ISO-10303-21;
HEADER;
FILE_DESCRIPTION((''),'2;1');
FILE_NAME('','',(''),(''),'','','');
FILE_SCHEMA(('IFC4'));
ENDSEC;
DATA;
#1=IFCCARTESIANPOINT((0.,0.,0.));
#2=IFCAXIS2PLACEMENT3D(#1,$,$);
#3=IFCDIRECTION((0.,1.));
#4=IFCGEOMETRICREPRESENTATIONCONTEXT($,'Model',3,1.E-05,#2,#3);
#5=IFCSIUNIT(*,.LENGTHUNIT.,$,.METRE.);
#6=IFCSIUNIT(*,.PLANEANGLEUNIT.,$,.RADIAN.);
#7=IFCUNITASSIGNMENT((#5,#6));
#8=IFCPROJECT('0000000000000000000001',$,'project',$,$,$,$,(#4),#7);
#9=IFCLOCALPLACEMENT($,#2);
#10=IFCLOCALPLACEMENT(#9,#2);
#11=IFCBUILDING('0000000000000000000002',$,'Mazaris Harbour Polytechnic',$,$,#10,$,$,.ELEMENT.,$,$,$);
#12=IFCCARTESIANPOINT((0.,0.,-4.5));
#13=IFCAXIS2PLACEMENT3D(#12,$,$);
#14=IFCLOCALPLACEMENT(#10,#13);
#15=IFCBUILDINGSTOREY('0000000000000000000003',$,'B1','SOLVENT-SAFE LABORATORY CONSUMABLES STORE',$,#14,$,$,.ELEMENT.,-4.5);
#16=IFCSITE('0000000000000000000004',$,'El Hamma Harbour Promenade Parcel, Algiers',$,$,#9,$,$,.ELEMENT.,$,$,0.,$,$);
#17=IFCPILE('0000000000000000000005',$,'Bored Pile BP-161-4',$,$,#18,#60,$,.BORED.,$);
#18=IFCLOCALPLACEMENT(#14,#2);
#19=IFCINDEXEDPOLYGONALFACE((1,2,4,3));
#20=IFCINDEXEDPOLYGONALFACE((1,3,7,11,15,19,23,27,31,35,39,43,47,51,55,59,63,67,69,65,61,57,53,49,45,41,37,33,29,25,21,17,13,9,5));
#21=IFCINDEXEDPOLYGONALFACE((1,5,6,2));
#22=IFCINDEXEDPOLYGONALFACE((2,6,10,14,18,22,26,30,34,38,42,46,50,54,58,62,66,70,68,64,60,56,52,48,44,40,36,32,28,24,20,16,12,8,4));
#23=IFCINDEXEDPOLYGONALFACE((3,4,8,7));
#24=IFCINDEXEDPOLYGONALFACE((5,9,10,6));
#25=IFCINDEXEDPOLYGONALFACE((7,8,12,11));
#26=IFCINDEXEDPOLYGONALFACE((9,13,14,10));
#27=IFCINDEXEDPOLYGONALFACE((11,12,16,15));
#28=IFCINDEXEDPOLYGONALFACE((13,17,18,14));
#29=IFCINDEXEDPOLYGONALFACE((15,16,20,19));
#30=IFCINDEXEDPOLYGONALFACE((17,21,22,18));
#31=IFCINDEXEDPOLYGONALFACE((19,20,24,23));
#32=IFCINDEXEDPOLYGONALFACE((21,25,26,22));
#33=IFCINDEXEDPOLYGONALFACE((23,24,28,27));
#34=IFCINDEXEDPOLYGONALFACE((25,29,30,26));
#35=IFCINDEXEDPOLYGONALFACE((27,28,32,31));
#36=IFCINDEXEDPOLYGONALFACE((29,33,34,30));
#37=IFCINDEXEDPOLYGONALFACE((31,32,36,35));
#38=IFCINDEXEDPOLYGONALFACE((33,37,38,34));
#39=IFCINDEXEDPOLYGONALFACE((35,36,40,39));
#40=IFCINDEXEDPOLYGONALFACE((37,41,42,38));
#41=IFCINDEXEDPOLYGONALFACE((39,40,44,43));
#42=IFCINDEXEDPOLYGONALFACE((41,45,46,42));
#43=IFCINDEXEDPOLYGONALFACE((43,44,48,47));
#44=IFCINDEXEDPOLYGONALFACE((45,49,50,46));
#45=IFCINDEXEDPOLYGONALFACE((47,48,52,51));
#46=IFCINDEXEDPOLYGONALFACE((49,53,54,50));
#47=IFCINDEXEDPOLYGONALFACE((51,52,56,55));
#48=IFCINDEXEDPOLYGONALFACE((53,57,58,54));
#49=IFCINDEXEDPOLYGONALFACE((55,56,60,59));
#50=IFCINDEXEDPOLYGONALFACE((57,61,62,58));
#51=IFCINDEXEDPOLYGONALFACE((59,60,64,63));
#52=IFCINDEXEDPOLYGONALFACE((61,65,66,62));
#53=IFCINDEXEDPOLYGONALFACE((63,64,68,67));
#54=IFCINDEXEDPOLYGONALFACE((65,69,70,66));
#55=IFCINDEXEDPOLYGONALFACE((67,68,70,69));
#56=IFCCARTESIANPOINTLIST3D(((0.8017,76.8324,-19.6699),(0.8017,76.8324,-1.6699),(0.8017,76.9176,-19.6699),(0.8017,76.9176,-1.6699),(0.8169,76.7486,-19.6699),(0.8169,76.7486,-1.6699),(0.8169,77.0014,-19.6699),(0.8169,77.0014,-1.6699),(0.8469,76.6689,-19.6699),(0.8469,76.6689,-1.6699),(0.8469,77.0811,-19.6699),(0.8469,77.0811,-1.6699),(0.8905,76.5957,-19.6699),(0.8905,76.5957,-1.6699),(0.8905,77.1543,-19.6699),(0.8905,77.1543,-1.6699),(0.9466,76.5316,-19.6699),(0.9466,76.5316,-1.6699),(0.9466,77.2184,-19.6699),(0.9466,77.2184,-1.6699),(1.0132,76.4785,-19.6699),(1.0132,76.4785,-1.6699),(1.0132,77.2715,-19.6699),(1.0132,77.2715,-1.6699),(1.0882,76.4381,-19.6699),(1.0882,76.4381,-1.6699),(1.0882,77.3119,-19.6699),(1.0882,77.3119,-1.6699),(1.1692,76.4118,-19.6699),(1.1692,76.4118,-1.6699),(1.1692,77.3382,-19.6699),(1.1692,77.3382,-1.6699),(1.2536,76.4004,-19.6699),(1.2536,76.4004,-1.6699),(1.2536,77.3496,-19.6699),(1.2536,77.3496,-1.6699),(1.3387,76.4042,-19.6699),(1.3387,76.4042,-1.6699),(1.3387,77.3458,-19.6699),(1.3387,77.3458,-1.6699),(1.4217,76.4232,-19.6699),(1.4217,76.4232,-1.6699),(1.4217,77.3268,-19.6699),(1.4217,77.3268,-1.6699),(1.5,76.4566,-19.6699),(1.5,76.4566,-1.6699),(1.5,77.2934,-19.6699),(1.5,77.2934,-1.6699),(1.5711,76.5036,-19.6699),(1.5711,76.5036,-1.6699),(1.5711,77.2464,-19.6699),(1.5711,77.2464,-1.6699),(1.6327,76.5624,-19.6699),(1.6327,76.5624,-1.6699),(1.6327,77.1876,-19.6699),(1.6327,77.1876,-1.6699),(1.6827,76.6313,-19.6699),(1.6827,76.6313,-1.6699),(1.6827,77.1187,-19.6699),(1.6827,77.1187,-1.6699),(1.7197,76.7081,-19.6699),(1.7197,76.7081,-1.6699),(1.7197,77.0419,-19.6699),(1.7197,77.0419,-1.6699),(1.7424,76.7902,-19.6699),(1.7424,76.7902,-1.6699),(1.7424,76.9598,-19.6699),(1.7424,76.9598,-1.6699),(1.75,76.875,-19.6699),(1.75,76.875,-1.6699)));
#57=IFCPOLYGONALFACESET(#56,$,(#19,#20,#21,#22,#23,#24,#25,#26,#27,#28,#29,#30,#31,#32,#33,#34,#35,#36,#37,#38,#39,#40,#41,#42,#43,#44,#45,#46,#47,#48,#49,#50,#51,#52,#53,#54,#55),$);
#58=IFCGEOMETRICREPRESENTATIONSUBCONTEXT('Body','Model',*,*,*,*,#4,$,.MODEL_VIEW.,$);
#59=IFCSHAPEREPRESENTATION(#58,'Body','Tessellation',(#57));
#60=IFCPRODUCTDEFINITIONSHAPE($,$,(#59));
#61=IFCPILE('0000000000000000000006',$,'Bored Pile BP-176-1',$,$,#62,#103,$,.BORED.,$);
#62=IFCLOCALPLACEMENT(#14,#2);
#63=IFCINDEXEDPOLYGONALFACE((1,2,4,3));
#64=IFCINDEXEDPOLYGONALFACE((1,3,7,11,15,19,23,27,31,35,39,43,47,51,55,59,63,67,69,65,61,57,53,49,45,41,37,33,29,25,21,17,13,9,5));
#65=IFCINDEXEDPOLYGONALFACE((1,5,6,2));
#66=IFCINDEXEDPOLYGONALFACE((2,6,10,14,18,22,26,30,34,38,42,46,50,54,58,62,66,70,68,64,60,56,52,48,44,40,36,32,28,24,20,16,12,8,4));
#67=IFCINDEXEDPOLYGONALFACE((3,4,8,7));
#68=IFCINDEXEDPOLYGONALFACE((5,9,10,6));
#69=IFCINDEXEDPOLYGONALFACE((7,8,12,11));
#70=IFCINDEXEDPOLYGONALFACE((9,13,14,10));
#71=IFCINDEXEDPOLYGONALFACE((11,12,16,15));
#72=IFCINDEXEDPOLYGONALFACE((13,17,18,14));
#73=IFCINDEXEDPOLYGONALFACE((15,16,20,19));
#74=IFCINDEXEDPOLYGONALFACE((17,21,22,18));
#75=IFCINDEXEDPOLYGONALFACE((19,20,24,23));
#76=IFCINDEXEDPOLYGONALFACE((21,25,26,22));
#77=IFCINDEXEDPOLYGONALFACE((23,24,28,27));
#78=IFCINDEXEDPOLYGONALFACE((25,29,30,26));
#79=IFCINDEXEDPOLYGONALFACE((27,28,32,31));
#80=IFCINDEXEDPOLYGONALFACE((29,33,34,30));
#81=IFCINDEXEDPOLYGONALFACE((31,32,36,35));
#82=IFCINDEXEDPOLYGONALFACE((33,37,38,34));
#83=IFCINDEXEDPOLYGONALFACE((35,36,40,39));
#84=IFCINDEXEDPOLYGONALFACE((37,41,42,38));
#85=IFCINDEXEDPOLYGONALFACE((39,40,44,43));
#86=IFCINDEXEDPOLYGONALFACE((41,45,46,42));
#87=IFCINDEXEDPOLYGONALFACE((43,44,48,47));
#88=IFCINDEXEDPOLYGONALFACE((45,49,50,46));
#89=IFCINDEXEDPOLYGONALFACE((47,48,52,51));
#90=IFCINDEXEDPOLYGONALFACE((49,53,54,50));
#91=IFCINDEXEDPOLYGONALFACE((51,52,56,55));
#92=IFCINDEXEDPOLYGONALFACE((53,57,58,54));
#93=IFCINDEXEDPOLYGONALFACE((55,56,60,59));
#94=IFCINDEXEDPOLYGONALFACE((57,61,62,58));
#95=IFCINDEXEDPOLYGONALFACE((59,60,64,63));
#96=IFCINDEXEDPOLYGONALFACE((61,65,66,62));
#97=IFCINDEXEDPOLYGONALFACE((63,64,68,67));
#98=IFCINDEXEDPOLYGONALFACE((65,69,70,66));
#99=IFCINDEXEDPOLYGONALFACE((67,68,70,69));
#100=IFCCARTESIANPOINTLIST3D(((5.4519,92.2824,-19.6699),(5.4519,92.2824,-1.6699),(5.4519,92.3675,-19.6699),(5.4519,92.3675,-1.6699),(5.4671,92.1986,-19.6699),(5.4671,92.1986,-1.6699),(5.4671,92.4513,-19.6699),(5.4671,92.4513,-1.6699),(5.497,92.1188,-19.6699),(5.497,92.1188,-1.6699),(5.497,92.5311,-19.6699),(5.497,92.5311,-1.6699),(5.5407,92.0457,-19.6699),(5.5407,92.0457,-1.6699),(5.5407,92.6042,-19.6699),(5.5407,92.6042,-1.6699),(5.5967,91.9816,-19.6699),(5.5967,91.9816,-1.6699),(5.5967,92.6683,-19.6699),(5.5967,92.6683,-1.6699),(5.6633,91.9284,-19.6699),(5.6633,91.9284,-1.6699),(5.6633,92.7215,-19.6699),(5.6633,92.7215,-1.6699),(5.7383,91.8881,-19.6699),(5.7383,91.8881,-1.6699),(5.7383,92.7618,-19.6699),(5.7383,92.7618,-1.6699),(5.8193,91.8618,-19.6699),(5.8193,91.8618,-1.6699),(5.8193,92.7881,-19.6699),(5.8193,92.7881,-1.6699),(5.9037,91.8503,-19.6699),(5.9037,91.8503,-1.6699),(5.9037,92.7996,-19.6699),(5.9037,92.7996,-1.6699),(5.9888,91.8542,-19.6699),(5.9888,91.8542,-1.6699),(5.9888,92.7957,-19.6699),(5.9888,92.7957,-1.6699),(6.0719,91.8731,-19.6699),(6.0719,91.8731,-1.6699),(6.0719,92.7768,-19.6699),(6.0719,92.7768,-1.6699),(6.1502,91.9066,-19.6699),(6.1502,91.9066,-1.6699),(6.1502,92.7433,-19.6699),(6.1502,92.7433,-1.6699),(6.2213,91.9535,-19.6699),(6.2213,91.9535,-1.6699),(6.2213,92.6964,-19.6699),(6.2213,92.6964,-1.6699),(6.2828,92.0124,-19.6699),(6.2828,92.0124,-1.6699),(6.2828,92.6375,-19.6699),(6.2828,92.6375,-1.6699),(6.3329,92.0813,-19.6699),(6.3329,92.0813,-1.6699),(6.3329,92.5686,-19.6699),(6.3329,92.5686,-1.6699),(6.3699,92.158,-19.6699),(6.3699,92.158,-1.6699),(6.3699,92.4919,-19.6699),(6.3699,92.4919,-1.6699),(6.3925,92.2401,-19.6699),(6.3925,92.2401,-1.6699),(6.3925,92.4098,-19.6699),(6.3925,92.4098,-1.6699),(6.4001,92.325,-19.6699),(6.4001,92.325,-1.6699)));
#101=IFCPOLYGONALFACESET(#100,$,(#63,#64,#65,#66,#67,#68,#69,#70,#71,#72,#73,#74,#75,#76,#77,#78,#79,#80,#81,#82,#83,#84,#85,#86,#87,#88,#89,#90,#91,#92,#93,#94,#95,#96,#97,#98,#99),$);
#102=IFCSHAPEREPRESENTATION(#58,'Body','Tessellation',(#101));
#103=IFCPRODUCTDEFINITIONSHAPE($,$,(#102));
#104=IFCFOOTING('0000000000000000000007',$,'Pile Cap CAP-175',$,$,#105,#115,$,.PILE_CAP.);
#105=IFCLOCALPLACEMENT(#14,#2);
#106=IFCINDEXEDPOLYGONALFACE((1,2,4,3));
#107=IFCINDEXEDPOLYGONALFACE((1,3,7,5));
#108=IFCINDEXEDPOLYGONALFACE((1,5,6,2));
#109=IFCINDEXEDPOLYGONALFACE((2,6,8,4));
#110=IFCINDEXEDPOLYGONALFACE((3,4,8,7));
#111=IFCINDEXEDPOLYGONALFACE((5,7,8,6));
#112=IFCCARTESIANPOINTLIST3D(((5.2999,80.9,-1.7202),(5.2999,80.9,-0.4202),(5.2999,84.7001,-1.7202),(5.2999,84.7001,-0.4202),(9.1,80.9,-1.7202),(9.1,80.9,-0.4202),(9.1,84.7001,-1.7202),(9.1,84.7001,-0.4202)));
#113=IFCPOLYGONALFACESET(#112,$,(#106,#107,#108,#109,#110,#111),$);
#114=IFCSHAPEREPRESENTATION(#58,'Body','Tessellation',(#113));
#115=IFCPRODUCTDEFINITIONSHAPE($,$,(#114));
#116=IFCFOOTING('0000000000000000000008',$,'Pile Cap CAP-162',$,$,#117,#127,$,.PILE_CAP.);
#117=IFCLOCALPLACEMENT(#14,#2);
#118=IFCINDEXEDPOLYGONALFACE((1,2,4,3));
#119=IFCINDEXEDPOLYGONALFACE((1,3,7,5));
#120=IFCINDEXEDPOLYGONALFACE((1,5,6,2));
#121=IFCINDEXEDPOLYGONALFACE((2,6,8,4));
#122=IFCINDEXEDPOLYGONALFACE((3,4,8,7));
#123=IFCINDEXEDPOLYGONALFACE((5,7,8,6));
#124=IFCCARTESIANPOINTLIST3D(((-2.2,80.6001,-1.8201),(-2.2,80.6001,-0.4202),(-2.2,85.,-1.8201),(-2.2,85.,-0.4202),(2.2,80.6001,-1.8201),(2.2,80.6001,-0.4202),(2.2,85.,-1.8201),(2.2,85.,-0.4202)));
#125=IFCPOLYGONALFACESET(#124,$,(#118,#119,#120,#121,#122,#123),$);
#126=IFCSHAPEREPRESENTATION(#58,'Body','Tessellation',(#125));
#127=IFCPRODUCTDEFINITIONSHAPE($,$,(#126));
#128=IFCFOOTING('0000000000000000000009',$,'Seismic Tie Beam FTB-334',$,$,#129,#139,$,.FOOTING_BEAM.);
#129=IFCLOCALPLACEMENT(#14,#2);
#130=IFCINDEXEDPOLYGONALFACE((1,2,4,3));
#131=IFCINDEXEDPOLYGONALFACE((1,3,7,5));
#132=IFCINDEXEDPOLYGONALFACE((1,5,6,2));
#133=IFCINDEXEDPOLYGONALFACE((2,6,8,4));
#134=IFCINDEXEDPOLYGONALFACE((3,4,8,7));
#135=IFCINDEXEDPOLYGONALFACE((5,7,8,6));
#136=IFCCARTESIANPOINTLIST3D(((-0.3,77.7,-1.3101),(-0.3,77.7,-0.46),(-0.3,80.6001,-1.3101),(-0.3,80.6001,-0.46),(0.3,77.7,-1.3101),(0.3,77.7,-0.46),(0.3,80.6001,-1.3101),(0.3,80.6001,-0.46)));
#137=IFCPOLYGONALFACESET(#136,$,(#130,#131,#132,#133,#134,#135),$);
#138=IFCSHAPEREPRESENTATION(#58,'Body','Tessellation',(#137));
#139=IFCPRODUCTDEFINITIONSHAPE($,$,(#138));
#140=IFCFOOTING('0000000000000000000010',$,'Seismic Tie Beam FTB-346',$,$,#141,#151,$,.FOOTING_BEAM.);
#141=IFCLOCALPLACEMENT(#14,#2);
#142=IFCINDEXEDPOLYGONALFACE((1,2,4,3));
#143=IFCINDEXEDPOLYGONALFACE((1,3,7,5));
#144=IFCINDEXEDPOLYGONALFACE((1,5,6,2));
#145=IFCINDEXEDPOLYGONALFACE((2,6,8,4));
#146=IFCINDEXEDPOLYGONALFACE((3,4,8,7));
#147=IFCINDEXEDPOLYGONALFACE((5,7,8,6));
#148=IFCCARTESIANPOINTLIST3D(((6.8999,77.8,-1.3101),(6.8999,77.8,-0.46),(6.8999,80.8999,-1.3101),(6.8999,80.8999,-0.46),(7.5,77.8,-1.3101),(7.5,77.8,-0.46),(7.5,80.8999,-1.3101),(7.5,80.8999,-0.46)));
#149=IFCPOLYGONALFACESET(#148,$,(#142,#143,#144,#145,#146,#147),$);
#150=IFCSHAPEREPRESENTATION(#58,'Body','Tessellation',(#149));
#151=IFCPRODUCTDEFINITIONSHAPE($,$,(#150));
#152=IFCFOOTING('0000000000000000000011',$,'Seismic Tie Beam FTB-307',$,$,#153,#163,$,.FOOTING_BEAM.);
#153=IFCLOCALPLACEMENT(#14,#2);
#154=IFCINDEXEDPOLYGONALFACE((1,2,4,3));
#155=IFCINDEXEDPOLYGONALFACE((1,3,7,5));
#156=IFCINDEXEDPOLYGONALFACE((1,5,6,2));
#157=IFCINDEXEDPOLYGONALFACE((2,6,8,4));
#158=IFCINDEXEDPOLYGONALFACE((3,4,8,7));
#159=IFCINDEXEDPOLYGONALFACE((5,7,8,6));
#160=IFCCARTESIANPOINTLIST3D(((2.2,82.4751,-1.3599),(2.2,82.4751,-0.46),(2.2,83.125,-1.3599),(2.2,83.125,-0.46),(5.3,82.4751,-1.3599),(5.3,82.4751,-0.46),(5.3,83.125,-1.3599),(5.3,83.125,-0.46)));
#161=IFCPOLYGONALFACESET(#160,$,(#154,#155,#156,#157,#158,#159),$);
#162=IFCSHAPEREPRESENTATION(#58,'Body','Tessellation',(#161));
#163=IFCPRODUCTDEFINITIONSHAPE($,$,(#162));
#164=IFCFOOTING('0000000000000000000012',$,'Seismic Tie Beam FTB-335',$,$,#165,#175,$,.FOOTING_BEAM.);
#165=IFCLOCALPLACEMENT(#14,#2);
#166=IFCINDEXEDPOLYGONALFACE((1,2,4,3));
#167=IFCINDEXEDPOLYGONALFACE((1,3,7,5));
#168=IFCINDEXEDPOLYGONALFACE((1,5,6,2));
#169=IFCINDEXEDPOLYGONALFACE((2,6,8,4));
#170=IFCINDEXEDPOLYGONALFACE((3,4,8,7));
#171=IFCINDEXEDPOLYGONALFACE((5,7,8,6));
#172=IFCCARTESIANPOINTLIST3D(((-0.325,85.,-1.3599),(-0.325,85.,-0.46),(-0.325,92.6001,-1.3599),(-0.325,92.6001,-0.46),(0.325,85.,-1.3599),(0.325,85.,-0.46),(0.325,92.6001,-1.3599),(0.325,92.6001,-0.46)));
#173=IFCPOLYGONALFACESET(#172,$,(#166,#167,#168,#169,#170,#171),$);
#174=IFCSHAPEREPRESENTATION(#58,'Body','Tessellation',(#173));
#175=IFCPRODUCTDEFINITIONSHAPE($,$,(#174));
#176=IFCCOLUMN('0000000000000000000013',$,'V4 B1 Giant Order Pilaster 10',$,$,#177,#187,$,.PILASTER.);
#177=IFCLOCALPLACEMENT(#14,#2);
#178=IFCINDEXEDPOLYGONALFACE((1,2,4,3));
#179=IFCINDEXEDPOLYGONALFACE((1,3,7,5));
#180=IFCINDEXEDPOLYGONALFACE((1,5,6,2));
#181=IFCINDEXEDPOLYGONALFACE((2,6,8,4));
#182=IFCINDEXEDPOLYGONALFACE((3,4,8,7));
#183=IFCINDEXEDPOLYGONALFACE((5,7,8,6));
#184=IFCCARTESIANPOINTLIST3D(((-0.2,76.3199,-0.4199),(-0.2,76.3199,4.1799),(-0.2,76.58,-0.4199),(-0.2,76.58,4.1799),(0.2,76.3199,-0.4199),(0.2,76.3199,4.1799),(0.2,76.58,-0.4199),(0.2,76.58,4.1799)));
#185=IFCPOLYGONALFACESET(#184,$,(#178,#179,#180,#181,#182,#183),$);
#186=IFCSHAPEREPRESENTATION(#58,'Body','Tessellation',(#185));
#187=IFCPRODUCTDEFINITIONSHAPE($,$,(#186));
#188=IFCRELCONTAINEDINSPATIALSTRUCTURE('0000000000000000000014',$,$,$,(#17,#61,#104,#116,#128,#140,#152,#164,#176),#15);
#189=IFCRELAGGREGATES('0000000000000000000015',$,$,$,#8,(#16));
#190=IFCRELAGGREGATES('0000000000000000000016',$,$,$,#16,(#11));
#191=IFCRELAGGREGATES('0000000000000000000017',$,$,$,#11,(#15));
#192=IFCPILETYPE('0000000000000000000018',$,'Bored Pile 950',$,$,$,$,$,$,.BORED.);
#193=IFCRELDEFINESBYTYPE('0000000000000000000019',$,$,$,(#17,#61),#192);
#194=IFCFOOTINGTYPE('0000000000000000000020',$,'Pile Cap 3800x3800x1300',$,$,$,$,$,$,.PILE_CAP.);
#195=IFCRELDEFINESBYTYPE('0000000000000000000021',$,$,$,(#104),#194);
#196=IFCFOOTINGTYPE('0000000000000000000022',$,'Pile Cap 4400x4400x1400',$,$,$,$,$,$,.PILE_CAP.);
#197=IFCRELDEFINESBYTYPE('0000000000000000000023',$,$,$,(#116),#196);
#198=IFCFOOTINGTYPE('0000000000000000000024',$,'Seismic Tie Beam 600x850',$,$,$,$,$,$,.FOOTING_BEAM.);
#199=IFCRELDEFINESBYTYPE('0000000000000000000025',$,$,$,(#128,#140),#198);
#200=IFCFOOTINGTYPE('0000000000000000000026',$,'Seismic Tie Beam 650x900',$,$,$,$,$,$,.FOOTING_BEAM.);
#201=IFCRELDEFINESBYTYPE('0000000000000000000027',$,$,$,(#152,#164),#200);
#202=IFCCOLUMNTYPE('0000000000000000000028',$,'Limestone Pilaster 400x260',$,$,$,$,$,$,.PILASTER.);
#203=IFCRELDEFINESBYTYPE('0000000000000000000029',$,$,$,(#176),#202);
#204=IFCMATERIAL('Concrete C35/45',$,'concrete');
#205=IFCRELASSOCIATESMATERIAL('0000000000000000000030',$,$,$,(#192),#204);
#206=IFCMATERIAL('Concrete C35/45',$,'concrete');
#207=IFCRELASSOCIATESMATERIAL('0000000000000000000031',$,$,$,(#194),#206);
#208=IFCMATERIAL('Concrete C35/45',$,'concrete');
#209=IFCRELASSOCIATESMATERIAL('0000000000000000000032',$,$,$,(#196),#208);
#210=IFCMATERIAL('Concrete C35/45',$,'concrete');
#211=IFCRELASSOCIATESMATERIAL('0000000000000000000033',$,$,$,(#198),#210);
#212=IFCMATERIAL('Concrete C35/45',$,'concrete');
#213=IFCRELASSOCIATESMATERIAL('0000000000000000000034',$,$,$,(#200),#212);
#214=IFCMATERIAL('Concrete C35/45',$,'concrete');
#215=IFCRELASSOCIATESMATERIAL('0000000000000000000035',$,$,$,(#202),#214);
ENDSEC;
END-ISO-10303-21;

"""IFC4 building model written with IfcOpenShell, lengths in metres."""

from ifc_helpers import new_model, si_unit, direction, frame, origin, origin_2d, place, context, subcontext, project, spatial, rectangle, circle, extrude, material, material_profile, profile_set, type_object, element, save


model = new_model("IFC4")

# Units and contexts
model_context = context("Model", 3, precision=1e-05, world=origin(), true_north=direction((0.0, 1.0)))
body_context = subcontext(model_context, "Body", "Model", "MODEL_VIEW")
ifc_project = project(units=[si_unit("LENGTHUNIT", "METRE"), si_unit("PLANEANGLEUNIT", "RADIAN")], contexts=[model_context])

# Site, building, storey
site_placement = place(None, origin())
site = spatial("IfcSite", under=ifc_project, at=site_placement, Name="El Hamma Harbour Promenade Parcel, Algiers", CompositionType="ELEMENT", RefElevation=0.0)
building_placement = place(site_placement, origin())
building = spatial("IfcBuilding", under=site, at=building_placement, Name="Mazaris Harbour Polytechnic", CompositionType="ELEMENT")
storey_placement = place(building_placement, frame((0.0, 0.0, -4.5)))
storey = spatial("IfcBuildingStorey", under=building, at=storey_placement, Name="B1", Description="SOLVENT-SAFE LABORATORY CONSUMABLES STORE", CompositionType="ELEMENT", Elevation=-4.5)

# Piles
ifc_material_1 = material(Name="Concrete C35/45", Category="concrete")
ifc_material_profile_1 = material_profile(ifc_material_1, circle(Radius=0.4751, at=origin_2d()), Name="DIA950")
ifc_profile_set_1 = profile_set([ifc_material_profile_1], Name="Concrete C35/45")
pile_type_1 = type_object("IfcPileType", Name="Bored Pile 950", PredefinedType="BORED", material=ifc_profile_set_1)
for number, where, z_axis, x_axis, name in (
    (1, (1.2749, 76.875, -1.6699), (0.0, 0.0, -1.0), (1.0, 0.0, 0.0), "Bored Pile BP-161-4"),
    (2, (5.925, 92.325, -1.6699), (0.0, 0.0, -1.0), (1.0, 0.0, 0.0), "Bored Pile BP-176-1"),
):
    element("IfcPile", number, at=place(storey_placement, frame(where, z_axis=z_axis, x_axis=x_axis)), inside=storey, type_object=pile_type_1, Name=name, PredefinedType="BORED", context=body_context, shape_type="SweptSolid", body=[
        extrude(circle(Radius=0.4751, at=origin_2d()), origin(), (0.0, 0.0, 1.0), 18.0),
    ])

# Footings
ifc_material_2 = material(Name="Concrete C35/45", Category="concrete")
footing_type_1 = type_object("IfcFootingType", Name="Pile Cap 3800x3800x1300", PredefinedType="PILE_CAP", material=ifc_material_2)
footing_1_placement = place(storey_placement, frame((7.2, 82.8, -1.7202), z_axis=(0.0, 0.0, 1.0), x_axis=(1.0, 0.0, 0.0)))
element("IfcFooting", 3, at=footing_1_placement, inside=storey, type_object=footing_type_1, Name="Pile Cap CAP-175", PredefinedType="PILE_CAP", context=body_context, shape_type="SweptSolid", body=[
    extrude(rectangle(XDim=3.8, YDim=3.8, at=origin_2d()), origin(), (0.0, 0.0, 1.0), 1.3),
])
ifc_material_3 = material(Name="Concrete C35/45", Category="concrete")
footing_type_2 = type_object("IfcFootingType", Name="Pile Cap 4400x4400x1400", PredefinedType="PILE_CAP", material=ifc_material_3)
footing_2_placement = place(storey_placement, frame((0.0, 82.8, -1.8201), z_axis=(0.0, 0.0, 1.0), x_axis=(1.0, 0.0, 0.0)))
element("IfcFooting", 4, at=footing_2_placement, inside=storey, type_object=footing_type_2, Name="Pile Cap CAP-162", PredefinedType="PILE_CAP", context=body_context, shape_type="SweptSolid", body=[
    extrude(rectangle(XDim=4.3999, YDim=4.3999, at=origin_2d()), origin(), (0.0, 0.0, 1.0), 1.3999),
])
ifc_material_4 = material(Name="Concrete C35/45", Category="concrete")
ifc_material_profile_2 = material_profile(ifc_material_4, rectangle(XDim=0.6001, YDim=0.8501, at=origin_2d()), Name="RECT600x850")
ifc_profile_set_2 = profile_set([ifc_material_profile_2], Name="Concrete C35/45")
footing_type_3 = type_object("IfcFootingType", Name="Seismic Tie Beam 600x850", PredefinedType="FOOTING_BEAM", material=ifc_profile_set_2)
footing_3_placement = place(storey_placement, frame((0.0, 77.7, -0.885), z_axis=(0.0, 1.0, 0.0), x_axis=(-1.0, 0.0, 0.0)))
element("IfcFooting", 5, at=footing_3_placement, inside=storey, type_object=footing_type_3, Name="Seismic Tie Beam FTB-334", PredefinedType="FOOTING_BEAM", context=body_context, shape_type="SweptSolid", body=[
    extrude(rectangle(XDim=0.6001, YDim=0.8501, at=origin_2d()), origin(), (0.0, 0.0, 1.0), 2.9001),
])
footing_4_placement = place(storey_placement, frame((7.2, 77.8, -0.885), z_axis=(0.0, 1.0, 0.0), x_axis=(-1.0, 0.0, 0.0)))
element("IfcFooting", 6, at=footing_4_placement, inside=storey, type_object=footing_type_3, Name="Seismic Tie Beam FTB-346", PredefinedType="FOOTING_BEAM", context=body_context, shape_type="SweptSolid", body=[
    extrude(rectangle(XDim=0.6001, YDim=0.8501, at=origin_2d()), origin(), (0.0, 0.0, 1.0), 3.0999),
])
ifc_material_5 = material(Name="Concrete C35/45", Category="concrete")
ifc_material_profile_3 = material_profile(ifc_material_5, rectangle(XDim=0.6499, YDim=0.8999, at=origin_2d()), Name="RECT650x900")
ifc_profile_set_3 = profile_set([ifc_material_profile_3], Name="Concrete C35/45")
footing_type_4 = type_object("IfcFootingType", Name="Seismic Tie Beam 650x900", PredefinedType="FOOTING_BEAM", material=ifc_profile_set_3)
footing_5_placement = place(storey_placement, frame((2.2, 82.8, -0.9099), z_axis=(1.0, 0.0, 0.0), x_axis=(0.0, 1.0, 0.0)))
element("IfcFooting", 7, at=footing_5_placement, inside=storey, type_object=footing_type_4, Name="Seismic Tie Beam FTB-307", PredefinedType="FOOTING_BEAM", context=body_context, shape_type="SweptSolid", body=[
    extrude(rectangle(XDim=0.6499, YDim=0.8999, at=origin_2d()), origin(), (0.0, 0.0, 1.0), 3.1001),
])
footing_6_placement = place(storey_placement, frame((0.0, 85.0, -0.9099), z_axis=(0.0, 1.0, 0.0), x_axis=(-1.0, 0.0, 0.0)))
element("IfcFooting", 8, at=footing_6_placement, inside=storey, type_object=footing_type_4, Name="Seismic Tie Beam FTB-335", PredefinedType="FOOTING_BEAM", context=body_context, shape_type="SweptSolid", body=[
    extrude(rectangle(XDim=0.6499, YDim=0.8999, at=origin_2d()), origin(), (0.0, 0.0, 1.0), 7.6001),
])

# Column
ifc_material_6 = material(Name="Concrete C35/45", Category="concrete")
ifc_material_profile_4 = material_profile(ifc_material_6, rectangle(XDim=0.3999, YDim=0.26, at=origin_2d()), Name="RECT400x260")
ifc_profile_set_4 = profile_set([ifc_material_profile_4], Name="Concrete C35/45")
column_type_1 = type_object("IfcColumnType", Name="Limestone Pilaster 400x260", PredefinedType="PILASTER", material=ifc_profile_set_4)
column_1_placement = place(storey_placement, frame((0.0, 76.45, -0.4199), z_axis=(0.0, 0.0, 1.0), x_axis=(1.0, 0.0, 0.0)))
element("IfcColumn", 9, at=column_1_placement, inside=storey, type_object=column_type_1, Name="V4 B1 Giant Order Pilaster 10", PredefinedType="PILASTER", context=body_context, shape_type="SweptSolid", body=[
    extrude(rectangle(XDim=0.3999, YDim=0.26, at=origin_2d()), origin(), (0.0, 0.0, 1.0), 4.5999),
])

save(model, "model.ifc")
